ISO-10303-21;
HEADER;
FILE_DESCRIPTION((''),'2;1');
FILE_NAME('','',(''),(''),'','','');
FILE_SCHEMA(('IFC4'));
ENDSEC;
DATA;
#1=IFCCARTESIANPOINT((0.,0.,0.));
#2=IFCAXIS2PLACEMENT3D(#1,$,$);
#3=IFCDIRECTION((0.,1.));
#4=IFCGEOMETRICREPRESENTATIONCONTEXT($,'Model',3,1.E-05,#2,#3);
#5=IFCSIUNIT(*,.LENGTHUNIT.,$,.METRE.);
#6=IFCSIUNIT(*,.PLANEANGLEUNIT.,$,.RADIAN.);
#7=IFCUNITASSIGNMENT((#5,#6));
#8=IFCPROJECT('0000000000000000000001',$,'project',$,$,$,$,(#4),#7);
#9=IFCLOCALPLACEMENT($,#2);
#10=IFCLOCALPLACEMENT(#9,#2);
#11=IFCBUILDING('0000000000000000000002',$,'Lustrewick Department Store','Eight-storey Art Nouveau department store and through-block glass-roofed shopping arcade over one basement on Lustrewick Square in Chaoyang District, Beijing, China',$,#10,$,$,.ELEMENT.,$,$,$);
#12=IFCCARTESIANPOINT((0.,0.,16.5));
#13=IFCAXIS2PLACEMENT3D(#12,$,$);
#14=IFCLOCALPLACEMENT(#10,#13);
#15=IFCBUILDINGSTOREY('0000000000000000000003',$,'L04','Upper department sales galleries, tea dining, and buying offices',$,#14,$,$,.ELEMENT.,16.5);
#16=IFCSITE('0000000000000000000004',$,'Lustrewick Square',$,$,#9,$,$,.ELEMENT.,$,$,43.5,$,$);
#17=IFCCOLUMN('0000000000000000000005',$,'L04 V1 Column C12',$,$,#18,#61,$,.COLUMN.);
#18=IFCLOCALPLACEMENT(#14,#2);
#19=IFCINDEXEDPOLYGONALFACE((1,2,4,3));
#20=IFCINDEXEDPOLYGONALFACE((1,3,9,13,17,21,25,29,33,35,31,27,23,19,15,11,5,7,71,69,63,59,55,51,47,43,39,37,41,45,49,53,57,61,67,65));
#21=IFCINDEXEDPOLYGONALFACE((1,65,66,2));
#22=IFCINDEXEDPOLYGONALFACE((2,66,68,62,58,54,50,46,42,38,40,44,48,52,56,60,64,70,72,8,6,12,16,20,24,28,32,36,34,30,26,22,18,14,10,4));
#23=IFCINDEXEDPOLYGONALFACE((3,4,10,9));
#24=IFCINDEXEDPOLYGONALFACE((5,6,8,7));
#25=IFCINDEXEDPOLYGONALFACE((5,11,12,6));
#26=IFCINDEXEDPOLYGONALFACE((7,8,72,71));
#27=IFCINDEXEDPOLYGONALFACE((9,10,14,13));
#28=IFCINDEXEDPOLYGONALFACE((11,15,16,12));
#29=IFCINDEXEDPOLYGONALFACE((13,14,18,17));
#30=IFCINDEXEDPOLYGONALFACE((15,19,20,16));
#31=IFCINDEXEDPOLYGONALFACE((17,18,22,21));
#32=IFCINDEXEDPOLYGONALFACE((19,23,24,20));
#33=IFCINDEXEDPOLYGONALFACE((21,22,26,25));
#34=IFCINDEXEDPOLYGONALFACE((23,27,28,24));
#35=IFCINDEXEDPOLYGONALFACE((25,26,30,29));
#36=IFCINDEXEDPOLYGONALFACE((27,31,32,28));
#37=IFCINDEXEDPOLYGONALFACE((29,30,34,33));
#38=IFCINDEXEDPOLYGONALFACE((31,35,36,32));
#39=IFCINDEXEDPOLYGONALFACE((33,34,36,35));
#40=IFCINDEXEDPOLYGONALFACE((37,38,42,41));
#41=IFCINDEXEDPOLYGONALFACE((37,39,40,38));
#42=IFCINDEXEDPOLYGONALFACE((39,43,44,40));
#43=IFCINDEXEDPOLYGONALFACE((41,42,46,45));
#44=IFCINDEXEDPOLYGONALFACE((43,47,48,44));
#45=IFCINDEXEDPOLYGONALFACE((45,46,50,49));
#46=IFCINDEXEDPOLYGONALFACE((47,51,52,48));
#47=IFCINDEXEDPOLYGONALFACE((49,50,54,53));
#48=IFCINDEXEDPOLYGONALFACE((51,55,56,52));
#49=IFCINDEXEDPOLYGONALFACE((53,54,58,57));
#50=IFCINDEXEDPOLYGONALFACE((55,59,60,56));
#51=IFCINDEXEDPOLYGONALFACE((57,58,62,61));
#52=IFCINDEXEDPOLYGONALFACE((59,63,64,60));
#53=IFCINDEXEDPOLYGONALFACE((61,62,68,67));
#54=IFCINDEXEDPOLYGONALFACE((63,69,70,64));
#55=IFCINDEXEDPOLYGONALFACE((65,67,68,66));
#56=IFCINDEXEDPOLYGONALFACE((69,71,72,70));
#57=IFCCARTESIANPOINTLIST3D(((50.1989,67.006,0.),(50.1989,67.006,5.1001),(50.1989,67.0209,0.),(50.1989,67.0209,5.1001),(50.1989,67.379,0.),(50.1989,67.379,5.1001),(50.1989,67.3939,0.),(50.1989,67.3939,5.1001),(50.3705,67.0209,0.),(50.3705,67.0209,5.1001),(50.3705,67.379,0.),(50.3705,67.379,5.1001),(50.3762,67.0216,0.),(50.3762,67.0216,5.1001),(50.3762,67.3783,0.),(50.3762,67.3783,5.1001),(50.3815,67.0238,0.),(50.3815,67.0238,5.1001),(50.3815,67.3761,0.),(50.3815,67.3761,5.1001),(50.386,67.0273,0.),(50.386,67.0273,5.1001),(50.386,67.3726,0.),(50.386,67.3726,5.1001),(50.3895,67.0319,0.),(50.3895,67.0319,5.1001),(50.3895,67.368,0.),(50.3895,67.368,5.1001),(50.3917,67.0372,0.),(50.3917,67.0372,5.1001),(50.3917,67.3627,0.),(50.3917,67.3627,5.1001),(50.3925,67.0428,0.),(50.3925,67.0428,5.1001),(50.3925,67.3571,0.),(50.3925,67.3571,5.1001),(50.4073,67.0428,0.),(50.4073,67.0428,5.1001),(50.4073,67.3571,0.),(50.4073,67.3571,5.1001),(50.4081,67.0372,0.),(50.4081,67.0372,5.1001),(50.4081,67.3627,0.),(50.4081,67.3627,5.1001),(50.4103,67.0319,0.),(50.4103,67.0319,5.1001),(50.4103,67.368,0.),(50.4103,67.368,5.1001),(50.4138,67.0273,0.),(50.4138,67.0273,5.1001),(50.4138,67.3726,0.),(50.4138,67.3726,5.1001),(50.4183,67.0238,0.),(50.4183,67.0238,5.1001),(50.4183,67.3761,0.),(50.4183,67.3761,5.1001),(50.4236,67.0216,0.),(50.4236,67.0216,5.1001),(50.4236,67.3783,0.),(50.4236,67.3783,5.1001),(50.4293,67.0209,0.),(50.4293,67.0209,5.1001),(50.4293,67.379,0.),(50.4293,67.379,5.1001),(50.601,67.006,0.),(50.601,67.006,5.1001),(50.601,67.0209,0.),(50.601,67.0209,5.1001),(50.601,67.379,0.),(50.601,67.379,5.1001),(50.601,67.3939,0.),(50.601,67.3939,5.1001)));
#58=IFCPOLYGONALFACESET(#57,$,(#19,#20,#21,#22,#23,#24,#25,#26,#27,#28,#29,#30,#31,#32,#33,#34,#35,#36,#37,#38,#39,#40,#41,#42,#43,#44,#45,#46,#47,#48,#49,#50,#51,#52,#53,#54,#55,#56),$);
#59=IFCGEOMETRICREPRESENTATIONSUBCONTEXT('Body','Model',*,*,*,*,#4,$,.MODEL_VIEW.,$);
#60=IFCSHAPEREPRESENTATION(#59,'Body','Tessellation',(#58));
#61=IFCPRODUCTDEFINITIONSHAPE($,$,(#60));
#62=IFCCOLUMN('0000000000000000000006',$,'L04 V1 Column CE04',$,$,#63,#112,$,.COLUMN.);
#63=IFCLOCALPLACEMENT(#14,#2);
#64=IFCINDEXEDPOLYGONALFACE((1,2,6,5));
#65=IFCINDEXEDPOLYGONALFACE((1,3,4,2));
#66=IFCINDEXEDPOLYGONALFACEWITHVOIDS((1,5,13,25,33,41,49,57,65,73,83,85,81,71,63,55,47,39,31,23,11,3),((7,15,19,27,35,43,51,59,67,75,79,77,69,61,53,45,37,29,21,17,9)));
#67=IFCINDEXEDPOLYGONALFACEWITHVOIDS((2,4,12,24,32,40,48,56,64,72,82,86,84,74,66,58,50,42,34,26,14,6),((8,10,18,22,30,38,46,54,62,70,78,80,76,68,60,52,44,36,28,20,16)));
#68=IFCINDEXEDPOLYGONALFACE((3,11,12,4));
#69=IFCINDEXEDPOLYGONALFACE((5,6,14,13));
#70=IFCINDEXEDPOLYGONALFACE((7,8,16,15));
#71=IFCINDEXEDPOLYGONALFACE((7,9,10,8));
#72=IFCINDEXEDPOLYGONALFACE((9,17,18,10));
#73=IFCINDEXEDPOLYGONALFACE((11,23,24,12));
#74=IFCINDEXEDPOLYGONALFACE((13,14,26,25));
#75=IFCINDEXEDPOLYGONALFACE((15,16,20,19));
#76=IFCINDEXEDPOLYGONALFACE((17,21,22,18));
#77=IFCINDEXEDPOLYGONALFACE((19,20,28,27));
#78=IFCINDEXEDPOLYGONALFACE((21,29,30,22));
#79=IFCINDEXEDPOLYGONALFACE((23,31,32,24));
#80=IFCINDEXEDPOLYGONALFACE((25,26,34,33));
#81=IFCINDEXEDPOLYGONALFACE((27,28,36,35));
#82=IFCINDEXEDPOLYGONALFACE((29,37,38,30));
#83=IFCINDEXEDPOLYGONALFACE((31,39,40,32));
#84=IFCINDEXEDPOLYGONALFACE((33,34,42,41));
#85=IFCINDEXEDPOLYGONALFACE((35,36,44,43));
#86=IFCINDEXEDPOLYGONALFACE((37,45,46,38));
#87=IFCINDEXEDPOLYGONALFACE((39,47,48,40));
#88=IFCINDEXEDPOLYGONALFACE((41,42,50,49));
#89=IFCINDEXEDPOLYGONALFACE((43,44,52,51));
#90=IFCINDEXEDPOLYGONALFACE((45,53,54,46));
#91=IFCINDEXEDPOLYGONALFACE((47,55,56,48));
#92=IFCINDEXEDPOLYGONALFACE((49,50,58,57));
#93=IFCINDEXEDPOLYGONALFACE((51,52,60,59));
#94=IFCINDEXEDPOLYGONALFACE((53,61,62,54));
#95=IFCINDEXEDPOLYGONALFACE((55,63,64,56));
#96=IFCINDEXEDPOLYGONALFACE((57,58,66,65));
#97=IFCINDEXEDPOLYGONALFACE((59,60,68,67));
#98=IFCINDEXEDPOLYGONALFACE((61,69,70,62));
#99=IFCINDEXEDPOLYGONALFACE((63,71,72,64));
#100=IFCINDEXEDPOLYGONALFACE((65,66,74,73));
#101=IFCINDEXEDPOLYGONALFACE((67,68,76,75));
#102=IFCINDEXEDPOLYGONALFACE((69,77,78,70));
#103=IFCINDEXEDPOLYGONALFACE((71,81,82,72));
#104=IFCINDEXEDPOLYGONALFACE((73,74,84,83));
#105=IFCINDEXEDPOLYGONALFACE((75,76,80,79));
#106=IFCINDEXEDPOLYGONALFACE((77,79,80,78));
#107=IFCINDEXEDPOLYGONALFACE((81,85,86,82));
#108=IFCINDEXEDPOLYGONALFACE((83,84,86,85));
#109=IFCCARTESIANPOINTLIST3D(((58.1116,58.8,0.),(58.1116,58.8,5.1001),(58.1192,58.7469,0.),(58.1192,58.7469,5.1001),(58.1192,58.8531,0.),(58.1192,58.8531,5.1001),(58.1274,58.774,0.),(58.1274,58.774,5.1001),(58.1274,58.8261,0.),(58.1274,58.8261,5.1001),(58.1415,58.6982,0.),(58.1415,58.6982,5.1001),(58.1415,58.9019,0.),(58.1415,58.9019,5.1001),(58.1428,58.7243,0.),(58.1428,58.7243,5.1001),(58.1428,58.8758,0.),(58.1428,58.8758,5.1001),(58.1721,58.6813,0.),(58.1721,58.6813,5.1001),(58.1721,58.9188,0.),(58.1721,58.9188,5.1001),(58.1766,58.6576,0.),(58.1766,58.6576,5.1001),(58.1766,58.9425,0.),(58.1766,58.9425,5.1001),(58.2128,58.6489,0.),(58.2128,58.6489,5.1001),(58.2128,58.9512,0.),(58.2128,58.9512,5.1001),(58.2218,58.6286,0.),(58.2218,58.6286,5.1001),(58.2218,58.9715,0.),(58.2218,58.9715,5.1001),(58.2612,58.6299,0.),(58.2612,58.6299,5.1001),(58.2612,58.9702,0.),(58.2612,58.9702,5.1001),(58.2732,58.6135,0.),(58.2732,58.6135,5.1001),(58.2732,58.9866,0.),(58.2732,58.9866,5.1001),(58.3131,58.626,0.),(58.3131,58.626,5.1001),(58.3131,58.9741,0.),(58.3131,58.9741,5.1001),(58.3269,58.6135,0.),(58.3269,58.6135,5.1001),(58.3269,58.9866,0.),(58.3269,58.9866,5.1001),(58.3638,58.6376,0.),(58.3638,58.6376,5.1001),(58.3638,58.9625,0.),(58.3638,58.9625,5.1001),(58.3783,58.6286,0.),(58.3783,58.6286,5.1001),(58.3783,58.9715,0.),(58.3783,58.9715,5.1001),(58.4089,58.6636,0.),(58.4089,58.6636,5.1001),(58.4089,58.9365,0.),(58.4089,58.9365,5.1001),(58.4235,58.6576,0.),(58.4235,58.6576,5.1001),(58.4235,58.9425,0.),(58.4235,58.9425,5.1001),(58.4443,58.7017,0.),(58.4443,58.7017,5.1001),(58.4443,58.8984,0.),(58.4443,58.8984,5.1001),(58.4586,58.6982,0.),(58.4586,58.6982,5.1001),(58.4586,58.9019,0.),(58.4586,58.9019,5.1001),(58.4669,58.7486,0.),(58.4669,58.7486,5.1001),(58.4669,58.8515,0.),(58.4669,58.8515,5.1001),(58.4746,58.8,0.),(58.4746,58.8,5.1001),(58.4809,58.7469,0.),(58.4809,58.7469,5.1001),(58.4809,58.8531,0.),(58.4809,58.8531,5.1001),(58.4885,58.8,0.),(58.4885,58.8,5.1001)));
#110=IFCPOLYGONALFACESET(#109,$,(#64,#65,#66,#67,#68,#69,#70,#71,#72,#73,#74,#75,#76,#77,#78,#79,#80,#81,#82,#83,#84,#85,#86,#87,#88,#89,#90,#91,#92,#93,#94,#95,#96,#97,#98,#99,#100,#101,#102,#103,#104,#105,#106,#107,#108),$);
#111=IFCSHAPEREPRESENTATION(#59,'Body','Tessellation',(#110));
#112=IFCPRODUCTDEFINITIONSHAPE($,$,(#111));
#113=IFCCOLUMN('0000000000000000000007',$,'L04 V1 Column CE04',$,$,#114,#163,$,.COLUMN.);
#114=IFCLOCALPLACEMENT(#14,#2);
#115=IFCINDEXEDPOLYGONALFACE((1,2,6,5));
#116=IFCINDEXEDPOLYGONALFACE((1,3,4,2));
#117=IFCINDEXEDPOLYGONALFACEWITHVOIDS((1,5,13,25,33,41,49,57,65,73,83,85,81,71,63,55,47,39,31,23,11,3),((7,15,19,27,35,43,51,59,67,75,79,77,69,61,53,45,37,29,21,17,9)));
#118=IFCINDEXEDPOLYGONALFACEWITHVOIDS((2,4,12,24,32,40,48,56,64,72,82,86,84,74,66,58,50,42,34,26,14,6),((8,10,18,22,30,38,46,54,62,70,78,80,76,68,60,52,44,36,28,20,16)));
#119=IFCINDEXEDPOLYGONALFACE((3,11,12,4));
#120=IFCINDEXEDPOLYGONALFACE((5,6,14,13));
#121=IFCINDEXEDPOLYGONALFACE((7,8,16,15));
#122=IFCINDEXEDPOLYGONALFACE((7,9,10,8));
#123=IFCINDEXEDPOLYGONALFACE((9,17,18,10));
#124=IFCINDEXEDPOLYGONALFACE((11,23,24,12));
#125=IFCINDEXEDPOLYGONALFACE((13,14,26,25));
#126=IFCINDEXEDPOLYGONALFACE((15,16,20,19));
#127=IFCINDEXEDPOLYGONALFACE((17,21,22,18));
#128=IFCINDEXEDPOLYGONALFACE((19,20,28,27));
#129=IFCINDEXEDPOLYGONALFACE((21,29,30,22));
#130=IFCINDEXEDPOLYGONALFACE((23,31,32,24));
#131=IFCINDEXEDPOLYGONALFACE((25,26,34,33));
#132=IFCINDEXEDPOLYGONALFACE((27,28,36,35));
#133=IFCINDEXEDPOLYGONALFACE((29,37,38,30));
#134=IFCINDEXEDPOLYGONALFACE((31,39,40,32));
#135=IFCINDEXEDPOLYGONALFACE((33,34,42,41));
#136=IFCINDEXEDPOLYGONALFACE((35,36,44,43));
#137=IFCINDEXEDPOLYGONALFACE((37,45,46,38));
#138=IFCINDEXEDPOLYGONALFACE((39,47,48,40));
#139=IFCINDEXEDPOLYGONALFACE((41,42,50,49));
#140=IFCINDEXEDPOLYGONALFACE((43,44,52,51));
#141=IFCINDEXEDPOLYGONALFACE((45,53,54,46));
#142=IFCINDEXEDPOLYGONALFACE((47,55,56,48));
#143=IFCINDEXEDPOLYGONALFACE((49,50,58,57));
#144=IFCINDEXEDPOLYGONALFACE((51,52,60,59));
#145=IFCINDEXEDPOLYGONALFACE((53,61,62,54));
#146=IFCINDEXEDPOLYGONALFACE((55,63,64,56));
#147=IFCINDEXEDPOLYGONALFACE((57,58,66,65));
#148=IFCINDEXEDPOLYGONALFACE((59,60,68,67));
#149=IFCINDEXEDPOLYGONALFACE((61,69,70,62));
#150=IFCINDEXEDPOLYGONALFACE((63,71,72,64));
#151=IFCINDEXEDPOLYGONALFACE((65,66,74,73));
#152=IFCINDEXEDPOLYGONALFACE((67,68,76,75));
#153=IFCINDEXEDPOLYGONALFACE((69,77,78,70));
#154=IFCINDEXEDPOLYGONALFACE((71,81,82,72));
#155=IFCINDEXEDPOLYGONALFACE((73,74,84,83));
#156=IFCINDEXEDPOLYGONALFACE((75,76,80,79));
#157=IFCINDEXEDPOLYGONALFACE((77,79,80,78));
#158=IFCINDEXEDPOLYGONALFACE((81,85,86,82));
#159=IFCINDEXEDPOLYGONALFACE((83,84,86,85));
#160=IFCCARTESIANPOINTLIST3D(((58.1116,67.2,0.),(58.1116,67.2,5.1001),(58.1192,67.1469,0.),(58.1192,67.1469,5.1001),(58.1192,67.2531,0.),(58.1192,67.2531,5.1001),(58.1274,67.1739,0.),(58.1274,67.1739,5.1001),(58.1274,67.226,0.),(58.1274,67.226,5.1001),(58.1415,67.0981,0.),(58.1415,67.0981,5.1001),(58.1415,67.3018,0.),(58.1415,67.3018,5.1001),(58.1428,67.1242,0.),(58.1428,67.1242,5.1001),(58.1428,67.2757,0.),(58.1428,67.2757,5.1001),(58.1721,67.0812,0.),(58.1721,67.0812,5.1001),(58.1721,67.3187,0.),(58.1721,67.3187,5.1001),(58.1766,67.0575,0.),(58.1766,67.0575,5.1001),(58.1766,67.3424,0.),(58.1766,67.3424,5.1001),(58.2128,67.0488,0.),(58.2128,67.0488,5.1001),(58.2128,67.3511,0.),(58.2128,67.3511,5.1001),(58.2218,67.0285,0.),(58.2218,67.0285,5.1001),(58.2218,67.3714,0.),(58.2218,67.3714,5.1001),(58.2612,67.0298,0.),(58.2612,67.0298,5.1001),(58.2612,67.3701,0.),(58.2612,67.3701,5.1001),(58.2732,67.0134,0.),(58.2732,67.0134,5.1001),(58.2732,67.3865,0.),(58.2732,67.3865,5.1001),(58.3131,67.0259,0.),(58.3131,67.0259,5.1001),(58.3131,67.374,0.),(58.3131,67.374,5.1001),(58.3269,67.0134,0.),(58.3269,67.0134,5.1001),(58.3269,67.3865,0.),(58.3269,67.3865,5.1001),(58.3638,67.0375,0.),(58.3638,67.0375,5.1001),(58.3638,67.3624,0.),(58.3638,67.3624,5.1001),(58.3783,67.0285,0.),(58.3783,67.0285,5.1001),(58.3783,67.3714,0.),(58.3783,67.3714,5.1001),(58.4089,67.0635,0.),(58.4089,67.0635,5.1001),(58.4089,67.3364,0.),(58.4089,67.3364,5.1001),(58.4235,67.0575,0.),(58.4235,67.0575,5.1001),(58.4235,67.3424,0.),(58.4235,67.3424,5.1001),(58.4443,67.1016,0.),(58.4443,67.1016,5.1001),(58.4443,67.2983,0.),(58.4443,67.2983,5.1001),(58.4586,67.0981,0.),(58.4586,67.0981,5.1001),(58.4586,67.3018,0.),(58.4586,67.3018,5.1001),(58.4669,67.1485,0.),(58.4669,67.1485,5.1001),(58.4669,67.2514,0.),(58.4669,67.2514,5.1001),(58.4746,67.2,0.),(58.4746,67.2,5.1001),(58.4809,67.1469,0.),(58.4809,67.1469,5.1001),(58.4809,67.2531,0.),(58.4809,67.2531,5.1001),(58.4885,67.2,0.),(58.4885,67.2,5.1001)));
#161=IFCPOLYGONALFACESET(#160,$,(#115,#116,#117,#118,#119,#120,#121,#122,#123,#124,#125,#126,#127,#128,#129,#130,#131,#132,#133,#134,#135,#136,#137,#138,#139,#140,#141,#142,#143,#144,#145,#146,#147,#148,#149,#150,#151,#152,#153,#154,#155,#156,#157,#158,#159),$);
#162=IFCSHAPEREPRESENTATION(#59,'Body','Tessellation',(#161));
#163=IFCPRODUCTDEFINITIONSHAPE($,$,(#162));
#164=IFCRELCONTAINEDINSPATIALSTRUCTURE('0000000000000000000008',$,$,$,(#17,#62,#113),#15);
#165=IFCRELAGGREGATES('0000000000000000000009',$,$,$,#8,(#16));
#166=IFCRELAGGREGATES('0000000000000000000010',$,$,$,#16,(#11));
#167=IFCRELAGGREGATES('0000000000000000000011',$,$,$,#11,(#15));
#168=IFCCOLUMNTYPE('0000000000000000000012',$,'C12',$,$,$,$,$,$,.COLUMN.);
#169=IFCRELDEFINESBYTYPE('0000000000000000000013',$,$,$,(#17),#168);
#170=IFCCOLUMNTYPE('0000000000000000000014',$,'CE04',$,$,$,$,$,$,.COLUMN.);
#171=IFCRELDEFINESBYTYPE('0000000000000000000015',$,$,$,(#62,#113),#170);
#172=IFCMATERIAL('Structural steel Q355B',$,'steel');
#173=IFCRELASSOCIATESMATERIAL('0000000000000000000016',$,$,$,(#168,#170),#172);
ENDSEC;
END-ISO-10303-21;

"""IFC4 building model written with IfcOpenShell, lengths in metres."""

from ifc_helpers import new_model, si_unit, direction, frame, origin, origin_2d, place, context, subcontext, project, spatial, hollow_circle, i_section, extrude, material, material_profile, profile_set, type_object, element, save


model = new_model("IFC4")

# Units and contexts
model_context = context("Model", 3, precision=1e-05, world=origin(), true_north=direction((0.0, 1.0)))
body_context = subcontext(model_context, "Body", "Model", "MODEL_VIEW")
ifc_project = project(units=[si_unit("LENGTHUNIT", "METRE"), si_unit("PLANEANGLEUNIT", "RADIAN")], contexts=[model_context])

# Site, building, storey
site_placement = place(None, origin())
site = spatial("IfcSite", under=ifc_project, at=site_placement, Name="Lustrewick Square", CompositionType="ELEMENT", RefElevation=43.5)
building_placement = place(site_placement, origin())
building = spatial("IfcBuilding", under=site, at=building_placement, Name="Lustrewick Department Store", Description="Eight-storey Art Nouveau department store and through-block glass-roofed shopping arcade over one basement on Lustrewick Square in Chaoyang District, Beijing, China", CompositionType="ELEMENT")
storey_placement = place(building_placement, frame((0.0, 0.0, 16.5)))
storey = spatial("IfcBuildingStorey", under=building, at=storey_placement, Name="L04", Description="Upper department sales galleries, tea dining, and buying offices", CompositionType="ELEMENT", Elevation=16.5)

# Columns
ifc_material_1 = material(Name="Structural steel Q355B", Category="steel")
ifc_material_profile_1 = material_profile(ifc_material_1, i_section(OverallWidth=0.4021, OverallDepth=0.3879, WebThickness=0.0149, FlangeThickness=0.0149, FilletRadius=0.022, at=origin_2d()), Name="HW 388x402x15x15")
ifc_profile_set_1 = profile_set([ifc_material_profile_1], Name="Structural steel Q355B")
column_type_1 = type_object("IfcColumnType", Name="C12", PredefinedType="COLUMN", material=ifc_profile_set_1)
column_placement = place(storey_placement, frame((50.3999, 67.2, 0.0), z_axis=(0.0, 0.0, 1.0), x_axis=(1.0, 0.0, 0.0)))
element("IfcColumn", 1, at=column_placement, inside=storey, type_object=column_type_1, Name="L04 V1 Column C12", PredefinedType="COLUMN", context=body_context, shape_type="SweptSolid", body=[
    extrude(i_section(OverallWidth=0.4021, OverallDepth=0.3879, WebThickness=0.0149, FlangeThickness=0.0149, FilletRadius=0.022, at=origin_2d()), origin(), (0.0, 0.0, 1.0), 5.1001),
])
ifc_material_profile_2 = material_profile(ifc_material_1, hollow_circle(Radius=0.1885, WallThickness=0.0139, at=origin_2d()), Name="CHS 377x14")
ifc_profile_set_2 = profile_set([ifc_material_profile_2], Name="Structural steel Q355B")
column_type_2 = type_object("IfcColumnType", Name="CE04", PredefinedType="COLUMN", material=ifc_profile_set_2)
for number, where, z_axis, x_axis, name in (
    (2, (58.3, 58.8, 0.0), (0.0, 0.0, 1.0), (1.0, 0.0, 0.0), "L04 V1 Column CE04"),
    (3, (58.3, 67.2, 0.0), (0.0, 0.0, 1.0), (1.0, 0.0, 0.0), "L04 V1 Column CE04"),
):
    element("IfcColumn", number, at=place(storey_placement, frame(where, z_axis=z_axis, x_axis=x_axis)), inside=storey, type_object=column_type_2, Name=name, PredefinedType="COLUMN", context=body_context, shape_type="SweptSolid", body=[
        extrude(hollow_circle(Radius=0.1885, WallThickness=0.0139, at=origin_2d()), origin(), (0.0, 0.0, 1.0), 5.1001),
    ])

save(model, "model.ifc")
